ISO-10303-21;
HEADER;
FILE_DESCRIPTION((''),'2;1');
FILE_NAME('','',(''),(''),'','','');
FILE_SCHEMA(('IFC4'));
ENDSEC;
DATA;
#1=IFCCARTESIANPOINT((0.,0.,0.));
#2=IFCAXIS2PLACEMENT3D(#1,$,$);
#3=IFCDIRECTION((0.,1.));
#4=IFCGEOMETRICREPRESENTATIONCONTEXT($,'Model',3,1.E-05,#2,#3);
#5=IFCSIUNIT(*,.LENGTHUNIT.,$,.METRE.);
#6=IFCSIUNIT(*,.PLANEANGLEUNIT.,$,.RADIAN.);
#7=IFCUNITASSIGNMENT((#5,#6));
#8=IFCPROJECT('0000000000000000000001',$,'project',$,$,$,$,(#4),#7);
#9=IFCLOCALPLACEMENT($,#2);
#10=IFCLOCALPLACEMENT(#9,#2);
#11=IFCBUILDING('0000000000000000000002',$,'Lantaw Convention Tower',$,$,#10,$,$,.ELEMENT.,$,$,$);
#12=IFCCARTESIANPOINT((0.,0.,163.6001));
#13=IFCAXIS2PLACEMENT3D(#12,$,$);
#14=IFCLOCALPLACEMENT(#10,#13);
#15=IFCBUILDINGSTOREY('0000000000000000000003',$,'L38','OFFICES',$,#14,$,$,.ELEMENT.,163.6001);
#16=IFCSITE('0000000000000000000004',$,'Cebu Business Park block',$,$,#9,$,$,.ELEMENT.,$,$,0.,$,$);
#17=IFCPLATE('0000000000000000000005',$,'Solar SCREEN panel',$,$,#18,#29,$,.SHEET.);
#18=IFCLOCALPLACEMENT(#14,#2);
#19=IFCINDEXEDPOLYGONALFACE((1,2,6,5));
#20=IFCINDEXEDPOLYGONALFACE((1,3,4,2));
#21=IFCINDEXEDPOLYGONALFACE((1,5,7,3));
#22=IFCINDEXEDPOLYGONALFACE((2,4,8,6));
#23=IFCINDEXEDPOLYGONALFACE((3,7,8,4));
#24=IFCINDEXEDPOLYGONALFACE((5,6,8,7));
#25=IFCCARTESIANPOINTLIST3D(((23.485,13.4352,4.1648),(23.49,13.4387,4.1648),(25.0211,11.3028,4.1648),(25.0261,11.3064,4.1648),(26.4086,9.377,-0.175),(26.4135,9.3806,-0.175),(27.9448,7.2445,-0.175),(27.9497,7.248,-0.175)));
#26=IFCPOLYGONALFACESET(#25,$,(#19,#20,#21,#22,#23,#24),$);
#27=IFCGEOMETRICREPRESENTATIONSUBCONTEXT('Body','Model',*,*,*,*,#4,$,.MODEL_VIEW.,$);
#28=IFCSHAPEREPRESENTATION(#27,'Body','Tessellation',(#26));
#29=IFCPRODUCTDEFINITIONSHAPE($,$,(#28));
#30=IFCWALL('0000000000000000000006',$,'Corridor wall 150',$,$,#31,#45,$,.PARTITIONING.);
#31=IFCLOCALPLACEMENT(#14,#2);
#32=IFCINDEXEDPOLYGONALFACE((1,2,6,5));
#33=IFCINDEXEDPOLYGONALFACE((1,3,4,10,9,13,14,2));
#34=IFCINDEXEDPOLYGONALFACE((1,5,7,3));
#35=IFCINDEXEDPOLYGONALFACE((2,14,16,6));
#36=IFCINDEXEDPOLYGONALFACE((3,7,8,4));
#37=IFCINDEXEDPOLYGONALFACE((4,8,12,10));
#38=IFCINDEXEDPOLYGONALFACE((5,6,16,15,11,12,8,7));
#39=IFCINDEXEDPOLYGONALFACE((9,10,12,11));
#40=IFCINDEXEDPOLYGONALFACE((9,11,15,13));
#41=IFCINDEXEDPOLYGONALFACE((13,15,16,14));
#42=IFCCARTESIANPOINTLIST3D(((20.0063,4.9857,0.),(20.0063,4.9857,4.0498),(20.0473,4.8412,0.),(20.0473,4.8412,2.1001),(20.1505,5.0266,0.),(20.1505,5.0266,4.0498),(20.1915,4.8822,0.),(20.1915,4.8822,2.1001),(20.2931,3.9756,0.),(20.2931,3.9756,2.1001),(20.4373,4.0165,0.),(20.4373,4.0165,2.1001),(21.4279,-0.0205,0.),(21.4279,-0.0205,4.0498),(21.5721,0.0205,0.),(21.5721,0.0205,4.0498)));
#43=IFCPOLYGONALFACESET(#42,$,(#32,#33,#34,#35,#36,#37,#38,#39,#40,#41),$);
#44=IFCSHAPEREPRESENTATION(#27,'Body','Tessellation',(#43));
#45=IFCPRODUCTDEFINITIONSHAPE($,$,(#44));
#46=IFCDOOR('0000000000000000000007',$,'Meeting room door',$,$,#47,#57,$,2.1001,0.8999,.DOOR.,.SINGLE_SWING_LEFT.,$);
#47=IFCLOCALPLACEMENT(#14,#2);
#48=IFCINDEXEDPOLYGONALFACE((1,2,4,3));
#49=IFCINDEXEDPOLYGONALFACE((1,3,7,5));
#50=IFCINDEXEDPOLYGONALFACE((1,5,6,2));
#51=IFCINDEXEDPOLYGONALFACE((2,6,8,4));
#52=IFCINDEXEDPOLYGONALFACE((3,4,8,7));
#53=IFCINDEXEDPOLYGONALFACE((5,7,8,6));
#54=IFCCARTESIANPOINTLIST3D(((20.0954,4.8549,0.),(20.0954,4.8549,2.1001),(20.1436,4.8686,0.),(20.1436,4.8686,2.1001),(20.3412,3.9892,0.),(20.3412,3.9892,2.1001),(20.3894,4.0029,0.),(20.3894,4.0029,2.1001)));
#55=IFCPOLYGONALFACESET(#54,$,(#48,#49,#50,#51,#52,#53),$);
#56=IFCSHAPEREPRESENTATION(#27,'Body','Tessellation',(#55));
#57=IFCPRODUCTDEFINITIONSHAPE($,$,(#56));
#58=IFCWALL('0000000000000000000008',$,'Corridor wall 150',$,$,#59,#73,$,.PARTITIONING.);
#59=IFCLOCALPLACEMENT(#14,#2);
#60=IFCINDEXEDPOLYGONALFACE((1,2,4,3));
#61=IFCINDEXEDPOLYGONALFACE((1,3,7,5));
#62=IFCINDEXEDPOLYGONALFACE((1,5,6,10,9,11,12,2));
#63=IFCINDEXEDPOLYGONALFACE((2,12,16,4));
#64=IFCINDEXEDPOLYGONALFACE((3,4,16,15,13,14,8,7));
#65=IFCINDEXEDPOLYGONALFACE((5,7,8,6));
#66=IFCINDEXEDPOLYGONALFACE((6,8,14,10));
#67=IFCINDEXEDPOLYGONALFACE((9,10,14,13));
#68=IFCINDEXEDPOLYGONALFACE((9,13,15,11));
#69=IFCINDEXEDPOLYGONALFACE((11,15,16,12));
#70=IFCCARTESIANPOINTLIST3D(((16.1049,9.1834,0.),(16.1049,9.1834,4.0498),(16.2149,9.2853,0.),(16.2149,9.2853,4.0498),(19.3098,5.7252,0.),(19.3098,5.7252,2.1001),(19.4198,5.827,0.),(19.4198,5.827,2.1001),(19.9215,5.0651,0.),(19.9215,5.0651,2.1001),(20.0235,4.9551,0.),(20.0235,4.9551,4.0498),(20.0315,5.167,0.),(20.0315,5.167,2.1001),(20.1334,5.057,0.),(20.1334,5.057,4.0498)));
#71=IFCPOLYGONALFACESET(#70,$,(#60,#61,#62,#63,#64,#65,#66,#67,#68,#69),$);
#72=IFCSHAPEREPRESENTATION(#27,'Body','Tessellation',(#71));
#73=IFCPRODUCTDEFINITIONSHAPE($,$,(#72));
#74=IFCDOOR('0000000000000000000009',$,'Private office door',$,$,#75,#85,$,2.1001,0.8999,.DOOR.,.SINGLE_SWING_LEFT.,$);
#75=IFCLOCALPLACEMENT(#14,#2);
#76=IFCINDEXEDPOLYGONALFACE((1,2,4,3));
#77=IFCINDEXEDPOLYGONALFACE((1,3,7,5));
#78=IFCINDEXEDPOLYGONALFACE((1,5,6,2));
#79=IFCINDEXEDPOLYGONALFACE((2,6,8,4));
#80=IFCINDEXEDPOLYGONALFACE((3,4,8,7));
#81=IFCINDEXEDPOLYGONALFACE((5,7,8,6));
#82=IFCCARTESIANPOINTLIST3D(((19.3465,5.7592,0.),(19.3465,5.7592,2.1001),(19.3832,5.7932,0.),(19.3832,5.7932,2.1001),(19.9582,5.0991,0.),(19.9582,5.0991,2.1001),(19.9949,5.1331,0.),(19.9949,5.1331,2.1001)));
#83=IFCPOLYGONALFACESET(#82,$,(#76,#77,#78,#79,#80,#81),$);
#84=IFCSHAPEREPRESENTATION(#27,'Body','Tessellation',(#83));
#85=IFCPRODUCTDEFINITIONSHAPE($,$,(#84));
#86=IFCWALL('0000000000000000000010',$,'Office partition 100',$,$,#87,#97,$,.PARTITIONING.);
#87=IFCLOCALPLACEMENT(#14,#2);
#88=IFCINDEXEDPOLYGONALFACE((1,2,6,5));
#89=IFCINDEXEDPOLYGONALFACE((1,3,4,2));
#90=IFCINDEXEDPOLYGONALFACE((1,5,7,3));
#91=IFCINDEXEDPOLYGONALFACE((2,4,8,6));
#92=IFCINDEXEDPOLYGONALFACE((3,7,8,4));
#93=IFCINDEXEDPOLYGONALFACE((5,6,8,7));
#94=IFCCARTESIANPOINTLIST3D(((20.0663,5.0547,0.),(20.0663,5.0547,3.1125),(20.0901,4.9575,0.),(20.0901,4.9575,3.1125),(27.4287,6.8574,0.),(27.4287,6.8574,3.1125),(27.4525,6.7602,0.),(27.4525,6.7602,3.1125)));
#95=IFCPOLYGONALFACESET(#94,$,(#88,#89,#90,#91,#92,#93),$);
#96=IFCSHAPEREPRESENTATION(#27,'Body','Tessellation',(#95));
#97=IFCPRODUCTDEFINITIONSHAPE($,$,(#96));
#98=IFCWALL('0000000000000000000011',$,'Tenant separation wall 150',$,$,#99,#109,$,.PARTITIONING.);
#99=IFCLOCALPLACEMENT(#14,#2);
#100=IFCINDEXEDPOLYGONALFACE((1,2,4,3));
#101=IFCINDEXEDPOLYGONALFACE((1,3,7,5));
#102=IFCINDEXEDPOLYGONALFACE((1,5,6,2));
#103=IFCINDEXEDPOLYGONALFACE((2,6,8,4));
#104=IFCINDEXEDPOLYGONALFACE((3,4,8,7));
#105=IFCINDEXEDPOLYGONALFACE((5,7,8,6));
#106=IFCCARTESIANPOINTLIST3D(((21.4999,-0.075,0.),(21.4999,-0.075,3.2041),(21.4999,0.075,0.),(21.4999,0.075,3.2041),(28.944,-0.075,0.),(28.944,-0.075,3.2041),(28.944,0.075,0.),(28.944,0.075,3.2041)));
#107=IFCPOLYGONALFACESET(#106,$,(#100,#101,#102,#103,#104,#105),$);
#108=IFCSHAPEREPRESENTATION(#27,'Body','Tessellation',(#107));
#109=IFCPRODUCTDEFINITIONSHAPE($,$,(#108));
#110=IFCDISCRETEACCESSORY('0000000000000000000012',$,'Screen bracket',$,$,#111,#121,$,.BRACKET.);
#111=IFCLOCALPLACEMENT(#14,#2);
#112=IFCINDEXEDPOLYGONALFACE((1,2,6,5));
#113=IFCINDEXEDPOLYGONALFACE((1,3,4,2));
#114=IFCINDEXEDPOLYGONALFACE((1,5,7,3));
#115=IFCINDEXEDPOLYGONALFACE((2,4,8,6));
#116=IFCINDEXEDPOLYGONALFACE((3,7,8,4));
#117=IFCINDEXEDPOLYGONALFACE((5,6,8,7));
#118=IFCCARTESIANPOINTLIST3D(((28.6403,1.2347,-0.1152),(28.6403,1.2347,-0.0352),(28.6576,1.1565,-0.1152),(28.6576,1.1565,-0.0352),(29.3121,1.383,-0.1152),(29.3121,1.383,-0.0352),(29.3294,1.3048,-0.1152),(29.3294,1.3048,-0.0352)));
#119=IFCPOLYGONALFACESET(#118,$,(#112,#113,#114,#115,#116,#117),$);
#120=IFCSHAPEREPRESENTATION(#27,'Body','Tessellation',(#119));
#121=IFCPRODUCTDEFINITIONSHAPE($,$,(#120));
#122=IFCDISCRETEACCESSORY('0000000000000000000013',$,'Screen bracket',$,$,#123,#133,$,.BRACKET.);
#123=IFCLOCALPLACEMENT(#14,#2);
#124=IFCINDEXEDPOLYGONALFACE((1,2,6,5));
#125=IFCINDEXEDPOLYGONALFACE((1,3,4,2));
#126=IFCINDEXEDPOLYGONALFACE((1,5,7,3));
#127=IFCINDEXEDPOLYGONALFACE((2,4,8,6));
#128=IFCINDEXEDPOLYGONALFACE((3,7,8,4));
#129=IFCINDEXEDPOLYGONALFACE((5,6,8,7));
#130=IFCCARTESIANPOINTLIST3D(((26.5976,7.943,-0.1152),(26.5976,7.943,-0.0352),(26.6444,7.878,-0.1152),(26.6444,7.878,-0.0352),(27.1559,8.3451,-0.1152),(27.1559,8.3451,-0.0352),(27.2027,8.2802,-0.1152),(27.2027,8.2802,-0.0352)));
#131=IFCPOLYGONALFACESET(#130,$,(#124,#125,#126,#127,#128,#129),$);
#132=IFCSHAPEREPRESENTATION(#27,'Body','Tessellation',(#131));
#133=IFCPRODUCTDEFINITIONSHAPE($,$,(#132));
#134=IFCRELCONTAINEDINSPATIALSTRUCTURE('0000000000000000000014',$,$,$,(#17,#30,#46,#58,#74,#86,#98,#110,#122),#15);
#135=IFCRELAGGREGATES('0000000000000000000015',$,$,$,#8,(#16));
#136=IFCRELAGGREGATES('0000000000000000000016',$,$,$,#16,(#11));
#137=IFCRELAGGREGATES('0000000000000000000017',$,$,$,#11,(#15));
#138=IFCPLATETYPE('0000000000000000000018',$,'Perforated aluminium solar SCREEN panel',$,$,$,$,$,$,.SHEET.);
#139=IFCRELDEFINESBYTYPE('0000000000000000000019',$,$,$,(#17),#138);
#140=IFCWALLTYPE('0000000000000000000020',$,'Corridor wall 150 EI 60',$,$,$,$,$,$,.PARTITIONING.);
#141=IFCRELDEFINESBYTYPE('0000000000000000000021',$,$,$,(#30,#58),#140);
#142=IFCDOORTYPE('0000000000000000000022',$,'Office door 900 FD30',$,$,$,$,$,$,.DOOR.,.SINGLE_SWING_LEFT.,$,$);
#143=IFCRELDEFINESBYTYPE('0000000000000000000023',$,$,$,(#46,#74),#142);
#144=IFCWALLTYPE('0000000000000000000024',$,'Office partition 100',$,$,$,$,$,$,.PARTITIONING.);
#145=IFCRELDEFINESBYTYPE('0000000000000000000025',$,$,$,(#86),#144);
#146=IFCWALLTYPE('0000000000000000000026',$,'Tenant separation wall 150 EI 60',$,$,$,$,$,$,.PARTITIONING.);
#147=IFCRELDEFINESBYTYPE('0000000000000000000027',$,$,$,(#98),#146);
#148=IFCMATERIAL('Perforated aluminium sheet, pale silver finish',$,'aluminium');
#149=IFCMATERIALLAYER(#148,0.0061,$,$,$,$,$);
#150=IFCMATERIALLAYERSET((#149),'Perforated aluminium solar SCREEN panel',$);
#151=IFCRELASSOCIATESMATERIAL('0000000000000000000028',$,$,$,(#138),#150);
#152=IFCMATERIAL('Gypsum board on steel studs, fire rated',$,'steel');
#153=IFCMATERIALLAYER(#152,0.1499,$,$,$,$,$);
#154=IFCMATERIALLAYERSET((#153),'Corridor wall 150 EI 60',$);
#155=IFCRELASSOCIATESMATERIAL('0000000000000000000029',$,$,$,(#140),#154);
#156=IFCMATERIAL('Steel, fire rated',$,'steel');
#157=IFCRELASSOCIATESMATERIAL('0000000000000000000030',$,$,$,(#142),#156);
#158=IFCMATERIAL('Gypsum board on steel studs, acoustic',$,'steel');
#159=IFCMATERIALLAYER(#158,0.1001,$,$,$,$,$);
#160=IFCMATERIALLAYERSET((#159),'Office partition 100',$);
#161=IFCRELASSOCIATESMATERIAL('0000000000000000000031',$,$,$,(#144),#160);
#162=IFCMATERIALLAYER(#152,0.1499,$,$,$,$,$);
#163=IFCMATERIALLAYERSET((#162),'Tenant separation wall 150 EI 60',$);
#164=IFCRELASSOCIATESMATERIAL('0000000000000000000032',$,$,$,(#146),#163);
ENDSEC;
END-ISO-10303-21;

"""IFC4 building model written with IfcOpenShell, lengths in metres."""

from ifc_helpers import new_model, si_unit, direction, frame, frame_2d, origin, origin_2d, place, context, subcontext, project, spatial, polyline, rectangle, outline, extrude, material, layer, layer_set, type_object, element, fill, save


model = new_model("IFC4")

# Units and contexts
model_context = context("Model", 3, precision=1e-05, world=origin(), true_north=direction((0.0, 1.0)))
body_context = subcontext(model_context, "Body", "Model", "MODEL_VIEW")
ifc_project = project(units=[si_unit("LENGTHUNIT", "METRE"), si_unit("PLANEANGLEUNIT", "RADIAN")], contexts=[model_context])

# Site, building, storey
site_placement = place(None, origin())
site = spatial("IfcSite", under=ifc_project, at=site_placement, Name="Cebu Business Park block", CompositionType="ELEMENT", RefElevation=0.0)
building_placement = place(site_placement, origin())
building = spatial("IfcBuilding", under=site, at=building_placement, Name="Lantaw Convention Tower", CompositionType="ELEMENT")
storey_placement = place(building_placement, frame((0.0, 0.0, 163.6001)))
storey = spatial("IfcBuildingStorey", under=building, at=storey_placement, Name="L38", Description="OFFICES", CompositionType="ELEMENT", Elevation=163.6001)

# Plate
ifc_material_1 = material(Name="Perforated aluminium sheet, pale silver finish", Category="aluminium")
ifc_layer_1 = layer(ifc_material_1, 0.0061)
ifc_layer_set_1 = layer_set([ifc_layer_1], Name="Perforated aluminium solar SCREEN panel")
plate_type_1 = type_object("IfcPlateType", Name="Perforated aluminium solar SCREEN panel", PredefinedType="SHEET", material=ifc_layer_set_1)
plate_1_placement = place(storey_placement, frame((27.9497, 7.248, -0.175), z_axis=(0.811395, 0.584498, 0.000036), x_axis=(-0.584498, 0.811395, 0.0)))
element("IfcPlate", 1, at=plate_1_placement, inside=storey, type_object=plate_type_1, Name="Solar SCREEN panel", PredefinedType="SHEET", context=body_context, shape_type="SweptSolid", body=[
    extrude(outline(polyline([(0.0, 0.0), (2.6282, 0.0), (7.6298, 4.3398), (5.0018, 4.3398), (0.0, 0.0)])), origin(), (0.0, 0.0, -1.0), 0.0061),
])

# Walls, openings, doors
ifc_material_2 = material(Name="Gypsum board on steel studs, fire rated", Category="steel")
ifc_layer_2 = layer(ifc_material_2, 0.1499)
ifc_layer_set_2 = layer_set([ifc_layer_2], Name="Corridor wall 150 EI 60")
wall_type_1 = type_object("IfcWallType", Name="Corridor wall 150 EI 60", PredefinedType="PARTITIONING", material=ifc_layer_set_2)
wall_1_placement = place(storey_placement, frame((21.5, 0.0, 0.0), z_axis=(0.0, 0.0, 1.0), x_axis=(-0.273178, 0.961964, 0.0)))
wall_1 = element("IfcWall", 2, at=wall_1_placement, inside=storey, type_object=wall_type_1, Name="Corridor wall 150", PredefinedType="PARTITIONING", context=body_context, shape_type="SweptSolid", body=[
    extrude(rectangle(XDim=5.2041, YDim=0.1499, at=frame_2d((2.6021, 0.0))), origin(), (0.0, 0.0, 1.0), 4.0498),
])
opening_1_placement = place(wall_1_placement, frame((4.1541, 0.0, 0.0)))
opening_1 = element("IfcOpeningElement", 3, at=opening_1_placement, cuts=wall_1, PredefinedType="OPENING", context=body_context, shape_type="SweptSolid", body=[
    extrude(rectangle(XDim=0.8999, YDim=2.1001, at=frame_2d((0.45, 1.05))), frame((0.0, 0.085, 0.0), z_axis=(0.0, -1.0, 0.0), x_axis=(1.0, 0.0, 0.0)), (0.0, 0.0, 1.0), 0.1699),
])
ifc_material_3 = material(Name="Steel, fire rated", Category="steel")
door_type = type_object("IfcDoorType", Name="Office door 900 FD30", OperationType="SINGLE_SWING_LEFT", PredefinedType="DOOR", material=ifc_material_3)
door_1_placement = place(opening_1_placement, origin())
door_1 = element("IfcDoor", 4, at=door_1_placement, inside=storey, type_object=door_type, Name="Meeting room door", OperationType="SINGLE_SWING_LEFT", OverallHeight=2.1001, OverallWidth=0.8999, PredefinedType="DOOR", context=body_context, shape_type="SweptSolid", body=[
    extrude(rectangle(XDim=0.8999, YDim=2.1001, at=frame_2d((0.45, 1.05))), frame((0.0, 0.0249, 0.0), z_axis=(0.0, -1.0, 0.0), x_axis=(1.0, 0.0, 0.0)), (0.0, 0.0, 1.0), 0.05),
])
fill(opening_1, door_1)
wall_2_placement = place(storey_placement, frame((20.0784, 5.0061, 0.0), z_axis=(0.0, 0.0, 1.0), x_axis=(-0.679725, 0.733467, 0.0)))
wall_2 = element("IfcWall", 5, at=wall_2_placement, inside=storey, type_object=wall_type_1, Name="Corridor wall 150", PredefinedType="PARTITIONING", context=body_context, shape_type="SweptSolid", body=[
    extrude(rectangle(XDim=5.7649, YDim=0.1499, at=frame_2d((2.8823, 0.0))), origin(), (0.0, 0.0, 1.0), 4.0498),
])
opening_2_placement = place(wall_2_placement, frame((0.1499, 0.0, 0.0)))
opening_2 = element("IfcOpeningElement", 6, at=opening_2_placement, cuts=wall_2, PredefinedType="OPENING", context=body_context, shape_type="SweptSolid", body=[
    extrude(rectangle(XDim=0.8999, YDim=2.1001, at=frame_2d((0.45, 1.05))), frame((0.0, 0.085, 0.0), z_axis=(0.0, -1.0, 0.0), x_axis=(1.0, 0.0, 0.0)), (0.0, 0.0, 1.0), 0.1699),
])
door_2_placement = place(opening_2_placement, origin())
door_2 = element("IfcDoor", 7, at=door_2_placement, inside=storey, type_object=door_type, Name="Private office door", OperationType="SINGLE_SWING_LEFT", OverallHeight=2.1001, OverallWidth=0.8999, PredefinedType="DOOR", context=body_context, shape_type="SweptSolid", body=[
    extrude(rectangle(XDim=0.8999, YDim=2.1001, at=frame_2d((0.45, 1.05))), frame((0.0, 0.0249, 0.0), z_axis=(0.0, -1.0, 0.0), x_axis=(1.0, 0.0, 0.0)), (0.0, 0.0, 1.0), 0.05),
])
fill(opening_2, door_2)

# Walls
ifc_material_4 = material(Name="Gypsum board on steel studs, acoustic", Category="steel")
ifc_layer_3 = layer(ifc_material_4, 0.1001)
ifc_layer_set_3 = layer_set([ifc_layer_3], Name="Office partition 100")
wall_type_2 = type_object("IfcWallType", Name="Office partition 100", PredefinedType="PARTITIONING", material=ifc_layer_set_3)
wall_3_placement = place(storey_placement, frame((27.4407, 6.8088, 0.0), z_axis=(0.0, 0.0, 1.0), x_axis=(-0.971306, -0.237834, 0.0)))
element("IfcWall", 8, at=wall_3_placement, inside=storey, type_object=wall_type_2, Name="Office partition 100", PredefinedType="PARTITIONING", context=body_context, shape_type="SweptSolid", body=[
    extrude(rectangle(XDim=7.5798, YDim=0.1001, at=frame_2d((3.79, 0.0))), origin(), (0.0, 0.0, 1.0), 3.1125),
])
ifc_layer_4 = layer(ifc_material_2, 0.1499)
ifc_layer_set_4 = layer_set([ifc_layer_4], Name="Tenant separation wall 150 EI 60")
wall_type_3 = type_object("IfcWallType", Name="Tenant separation wall 150 EI 60", PredefinedType="PARTITIONING", material=ifc_layer_set_4)
wall_4_placement = place(storey_placement, frame((28.9441, 0.0, 0.0), z_axis=(0.0, 0.0, 1.0), x_axis=(-1.0, 0.0, 0.0)))
element("IfcWall", 9, at=wall_4_placement, inside=storey, type_object=wall_type_3, Name="Tenant separation wall 150", PredefinedType="PARTITIONING", context=body_context, shape_type="SweptSolid", body=[
    extrude(rectangle(XDim=7.4441, YDim=0.1499, at=frame_2d((3.7222, 0.0))), origin(), (0.0, 0.0, 1.0), 3.2041),
])

# Discrete accessories
for number, where, z_axis, x_axis, name in (
    (10, (28.9849, 1.2698, -0.1152), (0.0, 0.0, 1.0), (-0.215546, 0.976494, 0.0), "Screen bracket"),
    (11, (26.9001, 8.1116, -0.1152), (0.0, 0.0, 1.0), (-0.584513, 0.811385, 0.0), "Screen bracket"),
):
    element("IfcDiscreteAccessory", number, at=place(storey_placement, frame(where, z_axis=z_axis, x_axis=x_axis)), inside=storey, Name=name, PredefinedType="BRACKET", context=body_context, shape_type="SweptSolid", body=[
        extrude(rectangle(XDim=0.0801, YDim=0.688, at=origin_2d()), origin(), (0.0, 0.0, 1.0), 0.0801),
    ])

save(model, "model.ifc")
